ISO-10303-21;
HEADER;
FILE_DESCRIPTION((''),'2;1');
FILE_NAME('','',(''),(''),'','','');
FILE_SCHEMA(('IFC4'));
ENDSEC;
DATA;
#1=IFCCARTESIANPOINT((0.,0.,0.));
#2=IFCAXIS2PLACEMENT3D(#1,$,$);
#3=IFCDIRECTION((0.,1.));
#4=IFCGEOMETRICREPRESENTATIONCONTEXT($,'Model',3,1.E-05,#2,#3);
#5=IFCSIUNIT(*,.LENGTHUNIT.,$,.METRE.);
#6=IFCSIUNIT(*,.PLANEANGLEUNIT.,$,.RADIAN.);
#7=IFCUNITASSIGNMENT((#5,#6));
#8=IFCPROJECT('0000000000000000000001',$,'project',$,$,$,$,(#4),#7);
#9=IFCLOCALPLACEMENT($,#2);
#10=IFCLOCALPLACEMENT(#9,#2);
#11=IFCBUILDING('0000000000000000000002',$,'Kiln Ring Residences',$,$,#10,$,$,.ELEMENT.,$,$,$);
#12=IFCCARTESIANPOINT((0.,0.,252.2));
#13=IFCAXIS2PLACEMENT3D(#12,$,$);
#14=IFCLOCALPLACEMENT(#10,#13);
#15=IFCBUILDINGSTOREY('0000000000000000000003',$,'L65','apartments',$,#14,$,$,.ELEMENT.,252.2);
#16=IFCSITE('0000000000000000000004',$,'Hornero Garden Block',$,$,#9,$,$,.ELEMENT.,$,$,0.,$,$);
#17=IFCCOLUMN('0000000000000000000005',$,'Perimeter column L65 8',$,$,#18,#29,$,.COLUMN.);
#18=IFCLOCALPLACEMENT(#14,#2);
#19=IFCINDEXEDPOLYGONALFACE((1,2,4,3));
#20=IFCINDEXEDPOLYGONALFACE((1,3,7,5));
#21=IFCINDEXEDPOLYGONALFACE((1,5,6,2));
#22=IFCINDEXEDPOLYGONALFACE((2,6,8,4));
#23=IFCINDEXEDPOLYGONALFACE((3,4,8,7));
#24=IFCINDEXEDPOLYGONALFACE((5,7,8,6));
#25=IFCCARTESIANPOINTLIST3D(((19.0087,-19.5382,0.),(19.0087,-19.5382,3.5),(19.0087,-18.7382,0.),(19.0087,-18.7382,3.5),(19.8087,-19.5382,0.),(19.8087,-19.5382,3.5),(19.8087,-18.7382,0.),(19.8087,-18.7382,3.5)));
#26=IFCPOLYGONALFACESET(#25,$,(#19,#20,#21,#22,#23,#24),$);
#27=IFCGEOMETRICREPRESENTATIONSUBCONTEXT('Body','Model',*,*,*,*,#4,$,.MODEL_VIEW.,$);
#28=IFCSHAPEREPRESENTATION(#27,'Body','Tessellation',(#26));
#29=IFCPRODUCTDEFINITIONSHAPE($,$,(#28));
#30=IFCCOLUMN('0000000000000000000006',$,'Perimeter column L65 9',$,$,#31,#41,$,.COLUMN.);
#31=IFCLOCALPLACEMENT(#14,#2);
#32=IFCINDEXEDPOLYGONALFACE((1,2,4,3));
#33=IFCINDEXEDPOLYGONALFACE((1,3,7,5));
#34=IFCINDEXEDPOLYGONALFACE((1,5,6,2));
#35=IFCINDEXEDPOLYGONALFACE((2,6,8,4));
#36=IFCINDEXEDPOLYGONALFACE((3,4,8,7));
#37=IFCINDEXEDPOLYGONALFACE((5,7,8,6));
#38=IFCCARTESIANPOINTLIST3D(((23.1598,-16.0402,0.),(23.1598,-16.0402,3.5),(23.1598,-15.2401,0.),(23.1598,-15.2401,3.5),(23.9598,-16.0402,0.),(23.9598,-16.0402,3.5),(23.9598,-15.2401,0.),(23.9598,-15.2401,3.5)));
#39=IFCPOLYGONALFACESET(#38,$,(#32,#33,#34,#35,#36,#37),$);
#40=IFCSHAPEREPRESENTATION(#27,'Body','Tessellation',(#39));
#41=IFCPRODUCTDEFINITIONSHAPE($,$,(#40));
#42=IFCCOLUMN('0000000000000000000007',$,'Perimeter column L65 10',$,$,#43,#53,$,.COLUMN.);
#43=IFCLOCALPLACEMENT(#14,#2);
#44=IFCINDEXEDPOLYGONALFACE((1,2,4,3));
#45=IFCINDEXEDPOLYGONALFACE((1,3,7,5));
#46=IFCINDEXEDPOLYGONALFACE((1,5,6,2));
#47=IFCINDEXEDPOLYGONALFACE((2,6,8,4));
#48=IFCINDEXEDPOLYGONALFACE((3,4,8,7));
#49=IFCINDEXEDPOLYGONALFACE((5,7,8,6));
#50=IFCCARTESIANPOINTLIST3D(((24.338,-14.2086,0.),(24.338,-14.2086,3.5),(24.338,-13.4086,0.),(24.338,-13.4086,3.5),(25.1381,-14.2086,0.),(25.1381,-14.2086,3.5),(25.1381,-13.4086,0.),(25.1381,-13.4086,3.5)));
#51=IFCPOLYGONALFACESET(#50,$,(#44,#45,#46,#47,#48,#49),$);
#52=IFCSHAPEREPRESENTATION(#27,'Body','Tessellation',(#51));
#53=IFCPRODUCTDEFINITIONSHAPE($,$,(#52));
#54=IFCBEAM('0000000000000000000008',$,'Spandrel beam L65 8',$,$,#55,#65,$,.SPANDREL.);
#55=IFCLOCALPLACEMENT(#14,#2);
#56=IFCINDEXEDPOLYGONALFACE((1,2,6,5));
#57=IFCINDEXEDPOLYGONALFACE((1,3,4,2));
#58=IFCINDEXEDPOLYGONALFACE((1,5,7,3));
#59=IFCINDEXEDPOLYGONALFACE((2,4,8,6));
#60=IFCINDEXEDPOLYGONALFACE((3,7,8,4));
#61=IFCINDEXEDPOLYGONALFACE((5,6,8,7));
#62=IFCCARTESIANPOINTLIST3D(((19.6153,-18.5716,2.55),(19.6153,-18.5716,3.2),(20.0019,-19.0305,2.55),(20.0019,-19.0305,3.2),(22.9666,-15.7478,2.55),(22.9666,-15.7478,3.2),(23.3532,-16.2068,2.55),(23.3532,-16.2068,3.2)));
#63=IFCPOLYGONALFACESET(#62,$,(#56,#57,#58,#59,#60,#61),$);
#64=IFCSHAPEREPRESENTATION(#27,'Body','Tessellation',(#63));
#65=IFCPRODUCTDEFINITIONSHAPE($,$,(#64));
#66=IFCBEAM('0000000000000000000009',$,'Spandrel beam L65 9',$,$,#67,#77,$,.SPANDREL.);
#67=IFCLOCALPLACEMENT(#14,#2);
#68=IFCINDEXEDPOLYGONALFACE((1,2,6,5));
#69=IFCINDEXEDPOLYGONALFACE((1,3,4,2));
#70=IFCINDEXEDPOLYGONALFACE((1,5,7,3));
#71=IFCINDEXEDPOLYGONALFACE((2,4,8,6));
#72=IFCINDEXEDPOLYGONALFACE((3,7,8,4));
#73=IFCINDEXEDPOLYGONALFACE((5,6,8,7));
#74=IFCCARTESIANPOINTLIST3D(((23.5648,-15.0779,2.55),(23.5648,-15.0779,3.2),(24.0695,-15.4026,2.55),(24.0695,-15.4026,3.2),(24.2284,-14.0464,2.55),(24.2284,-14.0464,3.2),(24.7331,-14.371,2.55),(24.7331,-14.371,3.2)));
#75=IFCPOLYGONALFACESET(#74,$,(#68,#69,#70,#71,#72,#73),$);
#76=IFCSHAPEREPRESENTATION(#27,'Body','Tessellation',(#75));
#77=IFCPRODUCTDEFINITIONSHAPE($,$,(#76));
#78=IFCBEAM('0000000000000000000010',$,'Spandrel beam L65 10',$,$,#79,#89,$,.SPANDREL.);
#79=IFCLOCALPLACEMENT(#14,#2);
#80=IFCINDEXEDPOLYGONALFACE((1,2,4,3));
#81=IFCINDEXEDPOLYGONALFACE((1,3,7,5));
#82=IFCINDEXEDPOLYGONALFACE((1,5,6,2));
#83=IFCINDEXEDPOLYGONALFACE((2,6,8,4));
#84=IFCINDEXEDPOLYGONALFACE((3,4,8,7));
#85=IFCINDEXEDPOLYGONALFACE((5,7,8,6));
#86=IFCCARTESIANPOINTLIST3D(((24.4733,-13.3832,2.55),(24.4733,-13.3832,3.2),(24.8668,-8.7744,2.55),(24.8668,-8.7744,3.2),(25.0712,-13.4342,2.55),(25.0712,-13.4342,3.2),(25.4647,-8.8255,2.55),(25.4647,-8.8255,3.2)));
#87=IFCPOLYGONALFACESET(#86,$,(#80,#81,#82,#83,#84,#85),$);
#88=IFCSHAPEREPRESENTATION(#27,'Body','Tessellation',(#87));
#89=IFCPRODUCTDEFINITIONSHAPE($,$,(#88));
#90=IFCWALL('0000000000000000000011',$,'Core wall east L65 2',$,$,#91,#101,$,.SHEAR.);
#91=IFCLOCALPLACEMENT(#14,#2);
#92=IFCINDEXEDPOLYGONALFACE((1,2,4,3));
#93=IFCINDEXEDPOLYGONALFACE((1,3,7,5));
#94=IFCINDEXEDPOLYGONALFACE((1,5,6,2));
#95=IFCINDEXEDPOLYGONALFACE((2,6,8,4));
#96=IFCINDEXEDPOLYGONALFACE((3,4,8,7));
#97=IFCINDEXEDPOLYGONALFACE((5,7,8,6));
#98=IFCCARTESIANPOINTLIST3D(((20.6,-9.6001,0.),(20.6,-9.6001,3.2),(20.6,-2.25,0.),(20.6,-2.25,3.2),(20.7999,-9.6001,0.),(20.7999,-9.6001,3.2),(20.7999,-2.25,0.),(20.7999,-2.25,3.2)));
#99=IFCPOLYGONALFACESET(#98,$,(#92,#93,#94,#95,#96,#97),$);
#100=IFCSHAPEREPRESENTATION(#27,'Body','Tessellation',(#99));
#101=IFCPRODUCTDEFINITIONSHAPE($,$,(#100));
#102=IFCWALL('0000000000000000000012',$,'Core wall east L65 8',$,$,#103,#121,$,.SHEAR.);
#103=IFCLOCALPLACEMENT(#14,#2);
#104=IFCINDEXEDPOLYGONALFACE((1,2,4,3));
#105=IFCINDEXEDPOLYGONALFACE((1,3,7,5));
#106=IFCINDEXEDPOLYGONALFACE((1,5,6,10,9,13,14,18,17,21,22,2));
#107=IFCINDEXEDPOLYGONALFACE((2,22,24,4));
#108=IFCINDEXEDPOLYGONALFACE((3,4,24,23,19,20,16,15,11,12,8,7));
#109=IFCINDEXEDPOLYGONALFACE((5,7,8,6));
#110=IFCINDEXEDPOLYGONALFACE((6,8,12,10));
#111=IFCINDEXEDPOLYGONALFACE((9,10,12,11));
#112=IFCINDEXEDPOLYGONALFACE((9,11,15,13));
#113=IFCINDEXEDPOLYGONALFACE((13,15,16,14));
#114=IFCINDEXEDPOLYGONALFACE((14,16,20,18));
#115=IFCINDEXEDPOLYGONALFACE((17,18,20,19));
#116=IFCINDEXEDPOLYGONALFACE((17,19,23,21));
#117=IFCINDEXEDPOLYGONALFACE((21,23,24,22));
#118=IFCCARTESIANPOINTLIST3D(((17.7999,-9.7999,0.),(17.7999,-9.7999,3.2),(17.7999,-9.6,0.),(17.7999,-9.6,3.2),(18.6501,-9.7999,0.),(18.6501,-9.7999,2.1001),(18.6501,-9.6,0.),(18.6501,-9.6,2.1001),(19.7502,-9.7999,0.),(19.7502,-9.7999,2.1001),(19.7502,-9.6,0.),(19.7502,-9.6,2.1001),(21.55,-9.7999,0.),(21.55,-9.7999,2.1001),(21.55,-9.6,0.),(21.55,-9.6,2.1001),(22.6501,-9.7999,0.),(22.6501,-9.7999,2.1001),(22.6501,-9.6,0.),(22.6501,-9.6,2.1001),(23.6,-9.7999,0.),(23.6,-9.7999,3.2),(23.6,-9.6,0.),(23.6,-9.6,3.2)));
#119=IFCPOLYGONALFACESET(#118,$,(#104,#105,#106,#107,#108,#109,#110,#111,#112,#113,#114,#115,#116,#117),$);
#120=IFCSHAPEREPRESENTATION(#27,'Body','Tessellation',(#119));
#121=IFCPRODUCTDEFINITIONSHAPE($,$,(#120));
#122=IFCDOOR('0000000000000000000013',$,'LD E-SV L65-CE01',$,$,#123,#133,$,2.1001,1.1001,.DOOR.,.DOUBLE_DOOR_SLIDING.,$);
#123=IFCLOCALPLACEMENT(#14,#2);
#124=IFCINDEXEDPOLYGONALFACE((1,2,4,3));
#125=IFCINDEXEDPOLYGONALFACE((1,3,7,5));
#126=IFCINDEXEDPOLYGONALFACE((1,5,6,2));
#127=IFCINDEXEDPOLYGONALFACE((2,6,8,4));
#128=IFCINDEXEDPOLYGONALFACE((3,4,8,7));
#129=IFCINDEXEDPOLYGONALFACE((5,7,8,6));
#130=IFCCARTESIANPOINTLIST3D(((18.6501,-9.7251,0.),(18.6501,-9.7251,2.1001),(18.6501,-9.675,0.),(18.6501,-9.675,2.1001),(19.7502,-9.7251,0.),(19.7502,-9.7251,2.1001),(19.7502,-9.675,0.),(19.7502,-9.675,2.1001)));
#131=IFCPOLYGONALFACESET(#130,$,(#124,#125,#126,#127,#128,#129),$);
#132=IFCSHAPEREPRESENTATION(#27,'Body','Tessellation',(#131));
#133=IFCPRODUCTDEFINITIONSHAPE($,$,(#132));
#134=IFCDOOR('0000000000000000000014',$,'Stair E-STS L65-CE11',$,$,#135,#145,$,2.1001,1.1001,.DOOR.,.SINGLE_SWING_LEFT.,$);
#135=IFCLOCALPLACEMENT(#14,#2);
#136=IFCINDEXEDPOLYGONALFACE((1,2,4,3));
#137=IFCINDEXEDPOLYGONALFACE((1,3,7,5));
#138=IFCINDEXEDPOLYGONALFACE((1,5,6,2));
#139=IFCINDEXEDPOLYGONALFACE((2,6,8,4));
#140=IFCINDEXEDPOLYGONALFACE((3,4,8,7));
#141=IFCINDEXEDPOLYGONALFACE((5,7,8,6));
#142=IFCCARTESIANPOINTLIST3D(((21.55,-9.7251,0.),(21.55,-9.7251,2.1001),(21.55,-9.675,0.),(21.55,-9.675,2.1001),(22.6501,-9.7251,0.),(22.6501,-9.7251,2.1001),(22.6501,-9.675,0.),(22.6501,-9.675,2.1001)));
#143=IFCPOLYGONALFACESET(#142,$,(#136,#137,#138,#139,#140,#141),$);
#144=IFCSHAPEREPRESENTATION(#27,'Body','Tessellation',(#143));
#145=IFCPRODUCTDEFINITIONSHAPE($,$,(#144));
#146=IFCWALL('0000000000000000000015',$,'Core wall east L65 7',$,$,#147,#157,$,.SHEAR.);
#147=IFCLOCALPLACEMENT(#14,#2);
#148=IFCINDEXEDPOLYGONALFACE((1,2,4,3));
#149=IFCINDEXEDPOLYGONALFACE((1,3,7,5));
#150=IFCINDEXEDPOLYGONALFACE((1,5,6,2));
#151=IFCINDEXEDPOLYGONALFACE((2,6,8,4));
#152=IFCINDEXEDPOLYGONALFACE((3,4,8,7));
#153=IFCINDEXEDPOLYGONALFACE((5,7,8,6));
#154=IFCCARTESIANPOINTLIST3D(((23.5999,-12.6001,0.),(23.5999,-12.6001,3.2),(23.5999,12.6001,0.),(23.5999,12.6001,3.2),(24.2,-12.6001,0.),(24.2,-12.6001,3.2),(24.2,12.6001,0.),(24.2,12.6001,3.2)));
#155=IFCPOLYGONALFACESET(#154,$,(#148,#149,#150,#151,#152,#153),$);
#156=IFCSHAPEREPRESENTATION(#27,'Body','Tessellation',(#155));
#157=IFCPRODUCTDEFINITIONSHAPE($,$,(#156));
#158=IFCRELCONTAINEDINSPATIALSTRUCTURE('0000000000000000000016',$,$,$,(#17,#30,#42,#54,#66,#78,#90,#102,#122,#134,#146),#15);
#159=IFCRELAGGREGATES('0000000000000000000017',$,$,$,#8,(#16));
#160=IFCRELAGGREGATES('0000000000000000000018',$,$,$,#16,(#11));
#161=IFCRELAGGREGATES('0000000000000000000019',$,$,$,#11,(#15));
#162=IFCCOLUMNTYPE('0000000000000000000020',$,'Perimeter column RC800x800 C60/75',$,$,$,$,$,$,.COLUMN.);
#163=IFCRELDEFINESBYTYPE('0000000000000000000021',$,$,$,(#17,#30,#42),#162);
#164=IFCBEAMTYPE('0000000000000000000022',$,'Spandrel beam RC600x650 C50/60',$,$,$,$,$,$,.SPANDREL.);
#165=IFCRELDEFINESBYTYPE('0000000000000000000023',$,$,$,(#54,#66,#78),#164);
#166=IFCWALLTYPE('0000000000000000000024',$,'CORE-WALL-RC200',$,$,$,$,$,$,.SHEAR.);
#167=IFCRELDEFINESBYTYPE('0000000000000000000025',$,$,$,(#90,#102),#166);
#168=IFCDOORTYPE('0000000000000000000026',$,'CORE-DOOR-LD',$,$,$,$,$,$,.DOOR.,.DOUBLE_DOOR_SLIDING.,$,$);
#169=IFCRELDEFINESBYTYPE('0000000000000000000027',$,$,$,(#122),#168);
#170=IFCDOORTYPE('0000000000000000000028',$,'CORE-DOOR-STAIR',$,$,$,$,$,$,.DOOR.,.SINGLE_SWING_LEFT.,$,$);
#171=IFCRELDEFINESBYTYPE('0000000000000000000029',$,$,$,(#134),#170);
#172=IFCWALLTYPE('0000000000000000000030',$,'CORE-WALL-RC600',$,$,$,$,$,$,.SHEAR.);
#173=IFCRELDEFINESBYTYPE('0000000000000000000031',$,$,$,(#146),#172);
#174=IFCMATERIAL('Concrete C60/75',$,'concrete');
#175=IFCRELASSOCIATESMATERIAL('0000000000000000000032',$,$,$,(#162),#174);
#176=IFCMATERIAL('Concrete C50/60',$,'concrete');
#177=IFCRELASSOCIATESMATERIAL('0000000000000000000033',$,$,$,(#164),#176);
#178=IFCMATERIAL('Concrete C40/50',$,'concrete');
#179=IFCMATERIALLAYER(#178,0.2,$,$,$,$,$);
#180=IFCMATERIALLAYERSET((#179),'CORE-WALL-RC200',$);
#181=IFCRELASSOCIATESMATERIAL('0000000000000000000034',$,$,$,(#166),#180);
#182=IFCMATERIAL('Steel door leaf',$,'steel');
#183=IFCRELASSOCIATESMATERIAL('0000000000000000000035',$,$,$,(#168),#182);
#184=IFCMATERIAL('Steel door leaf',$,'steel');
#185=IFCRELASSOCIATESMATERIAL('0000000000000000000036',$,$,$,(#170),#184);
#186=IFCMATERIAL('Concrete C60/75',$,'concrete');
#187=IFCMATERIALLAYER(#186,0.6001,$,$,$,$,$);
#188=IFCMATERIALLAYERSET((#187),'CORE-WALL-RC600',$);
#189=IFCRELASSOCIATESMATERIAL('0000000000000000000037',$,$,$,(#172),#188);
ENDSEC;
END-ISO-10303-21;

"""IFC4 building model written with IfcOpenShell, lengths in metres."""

from ifc_helpers import new_model, si_unit, direction, frame, frame_2d, origin, origin_2d, place, context, subcontext, project, spatial, rectangle, extrude, material, layer, layer_set, material_profile, profile_set, type_object, element, fill, save


model = new_model("IFC4")

# Units and contexts
model_context = context("Model", 3, precision=1e-05, world=origin(), true_north=direction((0.0, 1.0)))
body_context = subcontext(model_context, "Body", "Model", "MODEL_VIEW")
ifc_project = project(units=[si_unit("LENGTHUNIT", "METRE"), si_unit("PLANEANGLEUNIT", "RADIAN")], contexts=[model_context])

# Site, building, storey
site_placement = place(None, origin())
site = spatial("IfcSite", under=ifc_project, at=site_placement, Name="Hornero Garden Block", CompositionType="ELEMENT", RefElevation=0.0)
building_placement = place(site_placement, origin())
building = spatial("IfcBuilding", under=site, at=building_placement, Name="Kiln Ring Residences", CompositionType="ELEMENT")
storey_placement = place(building_placement, frame((0.0, 0.0, 252.2)))
storey = spatial("IfcBuildingStorey", under=building, at=storey_placement, Name="L65", Description="apartments", CompositionType="ELEMENT", Elevation=252.2)

# Columns
ifc_material_1 = material(Name="Concrete C60/75", Category="concrete")
ifc_material_profile_1 = material_profile(ifc_material_1, rectangle(XDim=0.8, YDim=0.8, at=origin_2d()), Name="RC800x800")
ifc_profile_set_1 = profile_set([ifc_material_profile_1], Name="Concrete C60/75")
column_type = type_object("IfcColumnType", Name="Perimeter column RC800x800 C60/75", PredefinedType="COLUMN", material=ifc_profile_set_1)
for number, where, z_axis, x_axis, name in (
    (1, (19.4087, -19.1382, 0.0), (0.0, 0.0, 1.0), (1.0, 0.0, 0.0), "Perimeter column L65 8"),
    (2, (23.5598, -15.6401, 0.0), (0.0, 0.0, 1.0), (1.0, 0.0, 0.0), "Perimeter column L65 9"),
    (3, (24.738, -13.8086, 0.0), (0.0, 0.0, 1.0), (1.0, 0.0, 0.0), "Perimeter column L65 10"),
):
    element("IfcColumn", number, at=place(storey_placement, frame(where, z_axis=z_axis, x_axis=x_axis)), inside=storey, type_object=column_type, Name=name, PredefinedType="COLUMN", context=body_context, shape_type="SweptSolid", body=[
        extrude(rectangle(XDim=0.8, YDim=0.8, at=origin_2d()), origin(), (0.0, 0.0, 1.0), 3.5),
    ])

# Beams
ifc_material_2 = material(Name="Concrete C50/60", Category="concrete")
ifc_material_profile_2 = material_profile(ifc_material_2, rectangle(XDim=0.6001, YDim=0.6499, at=origin_2d()), Name="RC600x650")
ifc_profile_set_2 = profile_set([ifc_material_profile_2], Name="Concrete C50/60")
beam_type = type_object("IfcBeamType", Name="Spandrel beam RC600x650 C50/60", PredefinedType="SPANDREL", material=ifc_profile_set_2)
beam_1_placement = place(storey_placement, frame((19.8086, -18.801, 2.875), z_axis=(0.764735, 0.644345, 0.0), x_axis=(-0.644345, 0.764735, 0.0)))
element("IfcBeam", 4, at=beam_1_placement, inside=storey, type_object=beam_type, Name="Spandrel beam L65 8", PredefinedType="SPANDREL", context=body_context, shape_type="SweptSolid", body=[
    extrude(rectangle(XDim=0.6001, YDim=0.6499, at=origin_2d()), origin(), (0.0, 0.0, 1.0), 4.3823),
])
beam_2_placement = place(storey_placement, frame((23.8171, -15.2402, 2.875), z_axis=(0.541029, 0.841004, 0.0), x_axis=(-0.841004, 0.541029, 0.0)))
element("IfcBeam", 5, at=beam_2_placement, inside=storey, type_object=beam_type, Name="Spandrel beam L65 9", PredefinedType="SPANDREL", context=body_context, shape_type="SweptSolid", body=[
    extrude(rectangle(XDim=0.6001, YDim=0.6499, at=origin_2d()), origin(), (0.0, 0.0, 1.0), 1.2266),
])
beam_3_placement = place(storey_placement, frame((24.7722, -13.4087, 2.875), z_axis=(0.085085, 0.996374, 0.0), x_axis=(-0.996374, 0.085085, 0.0)))
element("IfcBeam", 6, at=beam_3_placement, inside=storey, type_object=beam_type, Name="Spandrel beam L65 10", PredefinedType="SPANDREL", context=body_context, shape_type="SweptSolid", body=[
    extrude(rectangle(XDim=0.6001, YDim=0.6499, at=origin_2d()), origin(), (0.0, 0.0, 1.0), 4.6255),
])

# Wall
ifc_material_3 = material(Name="Concrete C40/50", Category="concrete")
ifc_layer_1 = layer(ifc_material_3, 0.2)
ifc_layer_set_1 = layer_set([ifc_layer_1], Name="CORE-WALL-RC200")
wall_type_1 = type_object("IfcWallType", Name="CORE-WALL-RC200", PredefinedType="SHEAR", material=ifc_layer_set_1)
wall_1_placement = place(storey_placement, frame((20.7, -9.6001, 0.0), z_axis=(0.0, 0.0, 1.0), x_axis=(0.0, 1.0, 0.0)))
element("IfcWall", 7, at=wall_1_placement, inside=storey, type_object=wall_type_1, Name="Core wall east L65 2", PredefinedType="SHEAR", context=body_context, shape_type="SweptSolid", body=[
    extrude(rectangle(XDim=7.3501, YDim=0.2, at=frame_2d((3.675, 0.0))), origin(), (0.0, 0.0, 1.0), 3.2),
])

# Wall, openings, doors
wall_2_placement = place(storey_placement, frame((17.8, -9.7, 0.0), z_axis=(0.0, 0.0, 1.0), x_axis=(1.0, 0.0, 0.0)))
wall_2 = element("IfcWall", 8, at=wall_2_placement, inside=storey, type_object=wall_type_1, Name="Core wall east L65 8", PredefinedType="SHEAR", context=body_context, shape_type="SweptSolid", body=[
    extrude(rectangle(XDim=5.8, YDim=0.2, at=frame_2d((2.8999, 0.0))), origin(), (0.0, 0.0, 1.0), 3.2),
])
opening_1_placement = place(wall_2_placement, frame((0.8501, 0.0, 0.0)))
opening_1 = element("IfcOpeningElement", 9, at=opening_1_placement, cuts=wall_2, PredefinedType="OPENING", context=body_context, shape_type="SweptSolid", body=[
    extrude(rectangle(XDim=1.1001, YDim=2.1001, at=frame_2d((0.55, 1.05))), frame((0.0, 0.1099, 0.0), z_axis=(0.0, -1.0, 0.0), x_axis=(1.0, 0.0, 0.0)), (0.0, 0.0, 1.0), 0.22),
])
opening_2_placement = place(wall_2_placement, frame((3.75, 0.0, 0.0)))
opening_2 = element("IfcOpeningElement", 10, at=opening_2_placement, cuts=wall_2, PredefinedType="OPENING", context=body_context, shape_type="SweptSolid", body=[
    extrude(rectangle(XDim=1.1001, YDim=2.1001, at=frame_2d((0.55, 1.05))), frame((0.0, 0.1099, 0.0), z_axis=(0.0, -1.0, 0.0), x_axis=(1.0, 0.0, 0.0)), (0.0, 0.0, 1.0), 0.22),
])
ifc_material_4 = material(Name="Steel door leaf", Category="steel")
door_type_1 = type_object("IfcDoorType", Name="CORE-DOOR-LD", OperationType="DOUBLE_DOOR_SLIDING", PredefinedType="DOOR", material=ifc_material_4)
door_1_placement = place(opening_1_placement, origin())
door_1 = element("IfcDoor", 11, at=door_1_placement, inside=storey, type_object=door_type_1, Name="LD E-SV L65-CE01", OperationType="DOUBLE_DOOR_SLIDING", OverallHeight=2.1001, OverallWidth=1.1001, PredefinedType="DOOR", context=body_context, shape_type="SweptSolid", body=[
    extrude(rectangle(XDim=1.1001, YDim=2.1001, at=frame_2d((0.55, 1.05))), frame((0.0, 0.0249, 0.0), z_axis=(0.0, -1.0, 0.0), x_axis=(1.0, 0.0, 0.0)), (0.0, 0.0, 1.0), 0.05),
])
fill(opening_1, door_1)
ifc_material_5 = material(Name="Steel door leaf", Category="steel")
door_type_2 = type_object("IfcDoorType", Name="CORE-DOOR-STAIR", OperationType="SINGLE_SWING_LEFT", PredefinedType="DOOR", material=ifc_material_5)
door_2_placement = place(opening_2_placement, origin())
door_2 = element("IfcDoor", 12, at=door_2_placement, inside=storey, type_object=door_type_2, Name="Stair E-STS L65-CE11", OperationType="SINGLE_SWING_LEFT", OverallHeight=2.1001, OverallWidth=1.1001, PredefinedType="DOOR", context=body_context, shape_type="SweptSolid", body=[
    extrude(rectangle(XDim=1.1001, YDim=2.1001, at=frame_2d((0.55, 1.05))), frame((0.0, 0.0249, 0.0), z_axis=(0.0, -1.0, 0.0), x_axis=(1.0, 0.0, 0.0)), (0.0, 0.0, 1.0), 0.05),
])
fill(opening_2, door_2)

# Wall
ifc_material_6 = material(Name="Concrete C60/75", Category="concrete")
ifc_layer_2 = layer(ifc_material_6, 0.6001)
ifc_layer_set_2 = layer_set([ifc_layer_2], Name="CORE-WALL-RC600")
wall_type_2 = type_object("IfcWallType", Name="CORE-WALL-RC600", PredefinedType="SHEAR", material=ifc_layer_set_2)
wall_3_placement = place(storey_placement, frame((23.8999, -12.6001, 0.0), z_axis=(0.0, 0.0, 1.0), x_axis=(0.0, 1.0, 0.0)))
element("IfcWall", 13, at=wall_3_placement, inside=storey, type_object=wall_type_2, Name="Core wall east L65 7", PredefinedType="SHEAR", context=body_context, shape_type="SweptSolid", body=[
    extrude(rectangle(XDim=25.2002, YDim=0.6001, at=frame_2d((12.6001, 0.0))), origin(), (0.0, 0.0, 1.0), 3.2),
])

save(model, "model.ifc")
